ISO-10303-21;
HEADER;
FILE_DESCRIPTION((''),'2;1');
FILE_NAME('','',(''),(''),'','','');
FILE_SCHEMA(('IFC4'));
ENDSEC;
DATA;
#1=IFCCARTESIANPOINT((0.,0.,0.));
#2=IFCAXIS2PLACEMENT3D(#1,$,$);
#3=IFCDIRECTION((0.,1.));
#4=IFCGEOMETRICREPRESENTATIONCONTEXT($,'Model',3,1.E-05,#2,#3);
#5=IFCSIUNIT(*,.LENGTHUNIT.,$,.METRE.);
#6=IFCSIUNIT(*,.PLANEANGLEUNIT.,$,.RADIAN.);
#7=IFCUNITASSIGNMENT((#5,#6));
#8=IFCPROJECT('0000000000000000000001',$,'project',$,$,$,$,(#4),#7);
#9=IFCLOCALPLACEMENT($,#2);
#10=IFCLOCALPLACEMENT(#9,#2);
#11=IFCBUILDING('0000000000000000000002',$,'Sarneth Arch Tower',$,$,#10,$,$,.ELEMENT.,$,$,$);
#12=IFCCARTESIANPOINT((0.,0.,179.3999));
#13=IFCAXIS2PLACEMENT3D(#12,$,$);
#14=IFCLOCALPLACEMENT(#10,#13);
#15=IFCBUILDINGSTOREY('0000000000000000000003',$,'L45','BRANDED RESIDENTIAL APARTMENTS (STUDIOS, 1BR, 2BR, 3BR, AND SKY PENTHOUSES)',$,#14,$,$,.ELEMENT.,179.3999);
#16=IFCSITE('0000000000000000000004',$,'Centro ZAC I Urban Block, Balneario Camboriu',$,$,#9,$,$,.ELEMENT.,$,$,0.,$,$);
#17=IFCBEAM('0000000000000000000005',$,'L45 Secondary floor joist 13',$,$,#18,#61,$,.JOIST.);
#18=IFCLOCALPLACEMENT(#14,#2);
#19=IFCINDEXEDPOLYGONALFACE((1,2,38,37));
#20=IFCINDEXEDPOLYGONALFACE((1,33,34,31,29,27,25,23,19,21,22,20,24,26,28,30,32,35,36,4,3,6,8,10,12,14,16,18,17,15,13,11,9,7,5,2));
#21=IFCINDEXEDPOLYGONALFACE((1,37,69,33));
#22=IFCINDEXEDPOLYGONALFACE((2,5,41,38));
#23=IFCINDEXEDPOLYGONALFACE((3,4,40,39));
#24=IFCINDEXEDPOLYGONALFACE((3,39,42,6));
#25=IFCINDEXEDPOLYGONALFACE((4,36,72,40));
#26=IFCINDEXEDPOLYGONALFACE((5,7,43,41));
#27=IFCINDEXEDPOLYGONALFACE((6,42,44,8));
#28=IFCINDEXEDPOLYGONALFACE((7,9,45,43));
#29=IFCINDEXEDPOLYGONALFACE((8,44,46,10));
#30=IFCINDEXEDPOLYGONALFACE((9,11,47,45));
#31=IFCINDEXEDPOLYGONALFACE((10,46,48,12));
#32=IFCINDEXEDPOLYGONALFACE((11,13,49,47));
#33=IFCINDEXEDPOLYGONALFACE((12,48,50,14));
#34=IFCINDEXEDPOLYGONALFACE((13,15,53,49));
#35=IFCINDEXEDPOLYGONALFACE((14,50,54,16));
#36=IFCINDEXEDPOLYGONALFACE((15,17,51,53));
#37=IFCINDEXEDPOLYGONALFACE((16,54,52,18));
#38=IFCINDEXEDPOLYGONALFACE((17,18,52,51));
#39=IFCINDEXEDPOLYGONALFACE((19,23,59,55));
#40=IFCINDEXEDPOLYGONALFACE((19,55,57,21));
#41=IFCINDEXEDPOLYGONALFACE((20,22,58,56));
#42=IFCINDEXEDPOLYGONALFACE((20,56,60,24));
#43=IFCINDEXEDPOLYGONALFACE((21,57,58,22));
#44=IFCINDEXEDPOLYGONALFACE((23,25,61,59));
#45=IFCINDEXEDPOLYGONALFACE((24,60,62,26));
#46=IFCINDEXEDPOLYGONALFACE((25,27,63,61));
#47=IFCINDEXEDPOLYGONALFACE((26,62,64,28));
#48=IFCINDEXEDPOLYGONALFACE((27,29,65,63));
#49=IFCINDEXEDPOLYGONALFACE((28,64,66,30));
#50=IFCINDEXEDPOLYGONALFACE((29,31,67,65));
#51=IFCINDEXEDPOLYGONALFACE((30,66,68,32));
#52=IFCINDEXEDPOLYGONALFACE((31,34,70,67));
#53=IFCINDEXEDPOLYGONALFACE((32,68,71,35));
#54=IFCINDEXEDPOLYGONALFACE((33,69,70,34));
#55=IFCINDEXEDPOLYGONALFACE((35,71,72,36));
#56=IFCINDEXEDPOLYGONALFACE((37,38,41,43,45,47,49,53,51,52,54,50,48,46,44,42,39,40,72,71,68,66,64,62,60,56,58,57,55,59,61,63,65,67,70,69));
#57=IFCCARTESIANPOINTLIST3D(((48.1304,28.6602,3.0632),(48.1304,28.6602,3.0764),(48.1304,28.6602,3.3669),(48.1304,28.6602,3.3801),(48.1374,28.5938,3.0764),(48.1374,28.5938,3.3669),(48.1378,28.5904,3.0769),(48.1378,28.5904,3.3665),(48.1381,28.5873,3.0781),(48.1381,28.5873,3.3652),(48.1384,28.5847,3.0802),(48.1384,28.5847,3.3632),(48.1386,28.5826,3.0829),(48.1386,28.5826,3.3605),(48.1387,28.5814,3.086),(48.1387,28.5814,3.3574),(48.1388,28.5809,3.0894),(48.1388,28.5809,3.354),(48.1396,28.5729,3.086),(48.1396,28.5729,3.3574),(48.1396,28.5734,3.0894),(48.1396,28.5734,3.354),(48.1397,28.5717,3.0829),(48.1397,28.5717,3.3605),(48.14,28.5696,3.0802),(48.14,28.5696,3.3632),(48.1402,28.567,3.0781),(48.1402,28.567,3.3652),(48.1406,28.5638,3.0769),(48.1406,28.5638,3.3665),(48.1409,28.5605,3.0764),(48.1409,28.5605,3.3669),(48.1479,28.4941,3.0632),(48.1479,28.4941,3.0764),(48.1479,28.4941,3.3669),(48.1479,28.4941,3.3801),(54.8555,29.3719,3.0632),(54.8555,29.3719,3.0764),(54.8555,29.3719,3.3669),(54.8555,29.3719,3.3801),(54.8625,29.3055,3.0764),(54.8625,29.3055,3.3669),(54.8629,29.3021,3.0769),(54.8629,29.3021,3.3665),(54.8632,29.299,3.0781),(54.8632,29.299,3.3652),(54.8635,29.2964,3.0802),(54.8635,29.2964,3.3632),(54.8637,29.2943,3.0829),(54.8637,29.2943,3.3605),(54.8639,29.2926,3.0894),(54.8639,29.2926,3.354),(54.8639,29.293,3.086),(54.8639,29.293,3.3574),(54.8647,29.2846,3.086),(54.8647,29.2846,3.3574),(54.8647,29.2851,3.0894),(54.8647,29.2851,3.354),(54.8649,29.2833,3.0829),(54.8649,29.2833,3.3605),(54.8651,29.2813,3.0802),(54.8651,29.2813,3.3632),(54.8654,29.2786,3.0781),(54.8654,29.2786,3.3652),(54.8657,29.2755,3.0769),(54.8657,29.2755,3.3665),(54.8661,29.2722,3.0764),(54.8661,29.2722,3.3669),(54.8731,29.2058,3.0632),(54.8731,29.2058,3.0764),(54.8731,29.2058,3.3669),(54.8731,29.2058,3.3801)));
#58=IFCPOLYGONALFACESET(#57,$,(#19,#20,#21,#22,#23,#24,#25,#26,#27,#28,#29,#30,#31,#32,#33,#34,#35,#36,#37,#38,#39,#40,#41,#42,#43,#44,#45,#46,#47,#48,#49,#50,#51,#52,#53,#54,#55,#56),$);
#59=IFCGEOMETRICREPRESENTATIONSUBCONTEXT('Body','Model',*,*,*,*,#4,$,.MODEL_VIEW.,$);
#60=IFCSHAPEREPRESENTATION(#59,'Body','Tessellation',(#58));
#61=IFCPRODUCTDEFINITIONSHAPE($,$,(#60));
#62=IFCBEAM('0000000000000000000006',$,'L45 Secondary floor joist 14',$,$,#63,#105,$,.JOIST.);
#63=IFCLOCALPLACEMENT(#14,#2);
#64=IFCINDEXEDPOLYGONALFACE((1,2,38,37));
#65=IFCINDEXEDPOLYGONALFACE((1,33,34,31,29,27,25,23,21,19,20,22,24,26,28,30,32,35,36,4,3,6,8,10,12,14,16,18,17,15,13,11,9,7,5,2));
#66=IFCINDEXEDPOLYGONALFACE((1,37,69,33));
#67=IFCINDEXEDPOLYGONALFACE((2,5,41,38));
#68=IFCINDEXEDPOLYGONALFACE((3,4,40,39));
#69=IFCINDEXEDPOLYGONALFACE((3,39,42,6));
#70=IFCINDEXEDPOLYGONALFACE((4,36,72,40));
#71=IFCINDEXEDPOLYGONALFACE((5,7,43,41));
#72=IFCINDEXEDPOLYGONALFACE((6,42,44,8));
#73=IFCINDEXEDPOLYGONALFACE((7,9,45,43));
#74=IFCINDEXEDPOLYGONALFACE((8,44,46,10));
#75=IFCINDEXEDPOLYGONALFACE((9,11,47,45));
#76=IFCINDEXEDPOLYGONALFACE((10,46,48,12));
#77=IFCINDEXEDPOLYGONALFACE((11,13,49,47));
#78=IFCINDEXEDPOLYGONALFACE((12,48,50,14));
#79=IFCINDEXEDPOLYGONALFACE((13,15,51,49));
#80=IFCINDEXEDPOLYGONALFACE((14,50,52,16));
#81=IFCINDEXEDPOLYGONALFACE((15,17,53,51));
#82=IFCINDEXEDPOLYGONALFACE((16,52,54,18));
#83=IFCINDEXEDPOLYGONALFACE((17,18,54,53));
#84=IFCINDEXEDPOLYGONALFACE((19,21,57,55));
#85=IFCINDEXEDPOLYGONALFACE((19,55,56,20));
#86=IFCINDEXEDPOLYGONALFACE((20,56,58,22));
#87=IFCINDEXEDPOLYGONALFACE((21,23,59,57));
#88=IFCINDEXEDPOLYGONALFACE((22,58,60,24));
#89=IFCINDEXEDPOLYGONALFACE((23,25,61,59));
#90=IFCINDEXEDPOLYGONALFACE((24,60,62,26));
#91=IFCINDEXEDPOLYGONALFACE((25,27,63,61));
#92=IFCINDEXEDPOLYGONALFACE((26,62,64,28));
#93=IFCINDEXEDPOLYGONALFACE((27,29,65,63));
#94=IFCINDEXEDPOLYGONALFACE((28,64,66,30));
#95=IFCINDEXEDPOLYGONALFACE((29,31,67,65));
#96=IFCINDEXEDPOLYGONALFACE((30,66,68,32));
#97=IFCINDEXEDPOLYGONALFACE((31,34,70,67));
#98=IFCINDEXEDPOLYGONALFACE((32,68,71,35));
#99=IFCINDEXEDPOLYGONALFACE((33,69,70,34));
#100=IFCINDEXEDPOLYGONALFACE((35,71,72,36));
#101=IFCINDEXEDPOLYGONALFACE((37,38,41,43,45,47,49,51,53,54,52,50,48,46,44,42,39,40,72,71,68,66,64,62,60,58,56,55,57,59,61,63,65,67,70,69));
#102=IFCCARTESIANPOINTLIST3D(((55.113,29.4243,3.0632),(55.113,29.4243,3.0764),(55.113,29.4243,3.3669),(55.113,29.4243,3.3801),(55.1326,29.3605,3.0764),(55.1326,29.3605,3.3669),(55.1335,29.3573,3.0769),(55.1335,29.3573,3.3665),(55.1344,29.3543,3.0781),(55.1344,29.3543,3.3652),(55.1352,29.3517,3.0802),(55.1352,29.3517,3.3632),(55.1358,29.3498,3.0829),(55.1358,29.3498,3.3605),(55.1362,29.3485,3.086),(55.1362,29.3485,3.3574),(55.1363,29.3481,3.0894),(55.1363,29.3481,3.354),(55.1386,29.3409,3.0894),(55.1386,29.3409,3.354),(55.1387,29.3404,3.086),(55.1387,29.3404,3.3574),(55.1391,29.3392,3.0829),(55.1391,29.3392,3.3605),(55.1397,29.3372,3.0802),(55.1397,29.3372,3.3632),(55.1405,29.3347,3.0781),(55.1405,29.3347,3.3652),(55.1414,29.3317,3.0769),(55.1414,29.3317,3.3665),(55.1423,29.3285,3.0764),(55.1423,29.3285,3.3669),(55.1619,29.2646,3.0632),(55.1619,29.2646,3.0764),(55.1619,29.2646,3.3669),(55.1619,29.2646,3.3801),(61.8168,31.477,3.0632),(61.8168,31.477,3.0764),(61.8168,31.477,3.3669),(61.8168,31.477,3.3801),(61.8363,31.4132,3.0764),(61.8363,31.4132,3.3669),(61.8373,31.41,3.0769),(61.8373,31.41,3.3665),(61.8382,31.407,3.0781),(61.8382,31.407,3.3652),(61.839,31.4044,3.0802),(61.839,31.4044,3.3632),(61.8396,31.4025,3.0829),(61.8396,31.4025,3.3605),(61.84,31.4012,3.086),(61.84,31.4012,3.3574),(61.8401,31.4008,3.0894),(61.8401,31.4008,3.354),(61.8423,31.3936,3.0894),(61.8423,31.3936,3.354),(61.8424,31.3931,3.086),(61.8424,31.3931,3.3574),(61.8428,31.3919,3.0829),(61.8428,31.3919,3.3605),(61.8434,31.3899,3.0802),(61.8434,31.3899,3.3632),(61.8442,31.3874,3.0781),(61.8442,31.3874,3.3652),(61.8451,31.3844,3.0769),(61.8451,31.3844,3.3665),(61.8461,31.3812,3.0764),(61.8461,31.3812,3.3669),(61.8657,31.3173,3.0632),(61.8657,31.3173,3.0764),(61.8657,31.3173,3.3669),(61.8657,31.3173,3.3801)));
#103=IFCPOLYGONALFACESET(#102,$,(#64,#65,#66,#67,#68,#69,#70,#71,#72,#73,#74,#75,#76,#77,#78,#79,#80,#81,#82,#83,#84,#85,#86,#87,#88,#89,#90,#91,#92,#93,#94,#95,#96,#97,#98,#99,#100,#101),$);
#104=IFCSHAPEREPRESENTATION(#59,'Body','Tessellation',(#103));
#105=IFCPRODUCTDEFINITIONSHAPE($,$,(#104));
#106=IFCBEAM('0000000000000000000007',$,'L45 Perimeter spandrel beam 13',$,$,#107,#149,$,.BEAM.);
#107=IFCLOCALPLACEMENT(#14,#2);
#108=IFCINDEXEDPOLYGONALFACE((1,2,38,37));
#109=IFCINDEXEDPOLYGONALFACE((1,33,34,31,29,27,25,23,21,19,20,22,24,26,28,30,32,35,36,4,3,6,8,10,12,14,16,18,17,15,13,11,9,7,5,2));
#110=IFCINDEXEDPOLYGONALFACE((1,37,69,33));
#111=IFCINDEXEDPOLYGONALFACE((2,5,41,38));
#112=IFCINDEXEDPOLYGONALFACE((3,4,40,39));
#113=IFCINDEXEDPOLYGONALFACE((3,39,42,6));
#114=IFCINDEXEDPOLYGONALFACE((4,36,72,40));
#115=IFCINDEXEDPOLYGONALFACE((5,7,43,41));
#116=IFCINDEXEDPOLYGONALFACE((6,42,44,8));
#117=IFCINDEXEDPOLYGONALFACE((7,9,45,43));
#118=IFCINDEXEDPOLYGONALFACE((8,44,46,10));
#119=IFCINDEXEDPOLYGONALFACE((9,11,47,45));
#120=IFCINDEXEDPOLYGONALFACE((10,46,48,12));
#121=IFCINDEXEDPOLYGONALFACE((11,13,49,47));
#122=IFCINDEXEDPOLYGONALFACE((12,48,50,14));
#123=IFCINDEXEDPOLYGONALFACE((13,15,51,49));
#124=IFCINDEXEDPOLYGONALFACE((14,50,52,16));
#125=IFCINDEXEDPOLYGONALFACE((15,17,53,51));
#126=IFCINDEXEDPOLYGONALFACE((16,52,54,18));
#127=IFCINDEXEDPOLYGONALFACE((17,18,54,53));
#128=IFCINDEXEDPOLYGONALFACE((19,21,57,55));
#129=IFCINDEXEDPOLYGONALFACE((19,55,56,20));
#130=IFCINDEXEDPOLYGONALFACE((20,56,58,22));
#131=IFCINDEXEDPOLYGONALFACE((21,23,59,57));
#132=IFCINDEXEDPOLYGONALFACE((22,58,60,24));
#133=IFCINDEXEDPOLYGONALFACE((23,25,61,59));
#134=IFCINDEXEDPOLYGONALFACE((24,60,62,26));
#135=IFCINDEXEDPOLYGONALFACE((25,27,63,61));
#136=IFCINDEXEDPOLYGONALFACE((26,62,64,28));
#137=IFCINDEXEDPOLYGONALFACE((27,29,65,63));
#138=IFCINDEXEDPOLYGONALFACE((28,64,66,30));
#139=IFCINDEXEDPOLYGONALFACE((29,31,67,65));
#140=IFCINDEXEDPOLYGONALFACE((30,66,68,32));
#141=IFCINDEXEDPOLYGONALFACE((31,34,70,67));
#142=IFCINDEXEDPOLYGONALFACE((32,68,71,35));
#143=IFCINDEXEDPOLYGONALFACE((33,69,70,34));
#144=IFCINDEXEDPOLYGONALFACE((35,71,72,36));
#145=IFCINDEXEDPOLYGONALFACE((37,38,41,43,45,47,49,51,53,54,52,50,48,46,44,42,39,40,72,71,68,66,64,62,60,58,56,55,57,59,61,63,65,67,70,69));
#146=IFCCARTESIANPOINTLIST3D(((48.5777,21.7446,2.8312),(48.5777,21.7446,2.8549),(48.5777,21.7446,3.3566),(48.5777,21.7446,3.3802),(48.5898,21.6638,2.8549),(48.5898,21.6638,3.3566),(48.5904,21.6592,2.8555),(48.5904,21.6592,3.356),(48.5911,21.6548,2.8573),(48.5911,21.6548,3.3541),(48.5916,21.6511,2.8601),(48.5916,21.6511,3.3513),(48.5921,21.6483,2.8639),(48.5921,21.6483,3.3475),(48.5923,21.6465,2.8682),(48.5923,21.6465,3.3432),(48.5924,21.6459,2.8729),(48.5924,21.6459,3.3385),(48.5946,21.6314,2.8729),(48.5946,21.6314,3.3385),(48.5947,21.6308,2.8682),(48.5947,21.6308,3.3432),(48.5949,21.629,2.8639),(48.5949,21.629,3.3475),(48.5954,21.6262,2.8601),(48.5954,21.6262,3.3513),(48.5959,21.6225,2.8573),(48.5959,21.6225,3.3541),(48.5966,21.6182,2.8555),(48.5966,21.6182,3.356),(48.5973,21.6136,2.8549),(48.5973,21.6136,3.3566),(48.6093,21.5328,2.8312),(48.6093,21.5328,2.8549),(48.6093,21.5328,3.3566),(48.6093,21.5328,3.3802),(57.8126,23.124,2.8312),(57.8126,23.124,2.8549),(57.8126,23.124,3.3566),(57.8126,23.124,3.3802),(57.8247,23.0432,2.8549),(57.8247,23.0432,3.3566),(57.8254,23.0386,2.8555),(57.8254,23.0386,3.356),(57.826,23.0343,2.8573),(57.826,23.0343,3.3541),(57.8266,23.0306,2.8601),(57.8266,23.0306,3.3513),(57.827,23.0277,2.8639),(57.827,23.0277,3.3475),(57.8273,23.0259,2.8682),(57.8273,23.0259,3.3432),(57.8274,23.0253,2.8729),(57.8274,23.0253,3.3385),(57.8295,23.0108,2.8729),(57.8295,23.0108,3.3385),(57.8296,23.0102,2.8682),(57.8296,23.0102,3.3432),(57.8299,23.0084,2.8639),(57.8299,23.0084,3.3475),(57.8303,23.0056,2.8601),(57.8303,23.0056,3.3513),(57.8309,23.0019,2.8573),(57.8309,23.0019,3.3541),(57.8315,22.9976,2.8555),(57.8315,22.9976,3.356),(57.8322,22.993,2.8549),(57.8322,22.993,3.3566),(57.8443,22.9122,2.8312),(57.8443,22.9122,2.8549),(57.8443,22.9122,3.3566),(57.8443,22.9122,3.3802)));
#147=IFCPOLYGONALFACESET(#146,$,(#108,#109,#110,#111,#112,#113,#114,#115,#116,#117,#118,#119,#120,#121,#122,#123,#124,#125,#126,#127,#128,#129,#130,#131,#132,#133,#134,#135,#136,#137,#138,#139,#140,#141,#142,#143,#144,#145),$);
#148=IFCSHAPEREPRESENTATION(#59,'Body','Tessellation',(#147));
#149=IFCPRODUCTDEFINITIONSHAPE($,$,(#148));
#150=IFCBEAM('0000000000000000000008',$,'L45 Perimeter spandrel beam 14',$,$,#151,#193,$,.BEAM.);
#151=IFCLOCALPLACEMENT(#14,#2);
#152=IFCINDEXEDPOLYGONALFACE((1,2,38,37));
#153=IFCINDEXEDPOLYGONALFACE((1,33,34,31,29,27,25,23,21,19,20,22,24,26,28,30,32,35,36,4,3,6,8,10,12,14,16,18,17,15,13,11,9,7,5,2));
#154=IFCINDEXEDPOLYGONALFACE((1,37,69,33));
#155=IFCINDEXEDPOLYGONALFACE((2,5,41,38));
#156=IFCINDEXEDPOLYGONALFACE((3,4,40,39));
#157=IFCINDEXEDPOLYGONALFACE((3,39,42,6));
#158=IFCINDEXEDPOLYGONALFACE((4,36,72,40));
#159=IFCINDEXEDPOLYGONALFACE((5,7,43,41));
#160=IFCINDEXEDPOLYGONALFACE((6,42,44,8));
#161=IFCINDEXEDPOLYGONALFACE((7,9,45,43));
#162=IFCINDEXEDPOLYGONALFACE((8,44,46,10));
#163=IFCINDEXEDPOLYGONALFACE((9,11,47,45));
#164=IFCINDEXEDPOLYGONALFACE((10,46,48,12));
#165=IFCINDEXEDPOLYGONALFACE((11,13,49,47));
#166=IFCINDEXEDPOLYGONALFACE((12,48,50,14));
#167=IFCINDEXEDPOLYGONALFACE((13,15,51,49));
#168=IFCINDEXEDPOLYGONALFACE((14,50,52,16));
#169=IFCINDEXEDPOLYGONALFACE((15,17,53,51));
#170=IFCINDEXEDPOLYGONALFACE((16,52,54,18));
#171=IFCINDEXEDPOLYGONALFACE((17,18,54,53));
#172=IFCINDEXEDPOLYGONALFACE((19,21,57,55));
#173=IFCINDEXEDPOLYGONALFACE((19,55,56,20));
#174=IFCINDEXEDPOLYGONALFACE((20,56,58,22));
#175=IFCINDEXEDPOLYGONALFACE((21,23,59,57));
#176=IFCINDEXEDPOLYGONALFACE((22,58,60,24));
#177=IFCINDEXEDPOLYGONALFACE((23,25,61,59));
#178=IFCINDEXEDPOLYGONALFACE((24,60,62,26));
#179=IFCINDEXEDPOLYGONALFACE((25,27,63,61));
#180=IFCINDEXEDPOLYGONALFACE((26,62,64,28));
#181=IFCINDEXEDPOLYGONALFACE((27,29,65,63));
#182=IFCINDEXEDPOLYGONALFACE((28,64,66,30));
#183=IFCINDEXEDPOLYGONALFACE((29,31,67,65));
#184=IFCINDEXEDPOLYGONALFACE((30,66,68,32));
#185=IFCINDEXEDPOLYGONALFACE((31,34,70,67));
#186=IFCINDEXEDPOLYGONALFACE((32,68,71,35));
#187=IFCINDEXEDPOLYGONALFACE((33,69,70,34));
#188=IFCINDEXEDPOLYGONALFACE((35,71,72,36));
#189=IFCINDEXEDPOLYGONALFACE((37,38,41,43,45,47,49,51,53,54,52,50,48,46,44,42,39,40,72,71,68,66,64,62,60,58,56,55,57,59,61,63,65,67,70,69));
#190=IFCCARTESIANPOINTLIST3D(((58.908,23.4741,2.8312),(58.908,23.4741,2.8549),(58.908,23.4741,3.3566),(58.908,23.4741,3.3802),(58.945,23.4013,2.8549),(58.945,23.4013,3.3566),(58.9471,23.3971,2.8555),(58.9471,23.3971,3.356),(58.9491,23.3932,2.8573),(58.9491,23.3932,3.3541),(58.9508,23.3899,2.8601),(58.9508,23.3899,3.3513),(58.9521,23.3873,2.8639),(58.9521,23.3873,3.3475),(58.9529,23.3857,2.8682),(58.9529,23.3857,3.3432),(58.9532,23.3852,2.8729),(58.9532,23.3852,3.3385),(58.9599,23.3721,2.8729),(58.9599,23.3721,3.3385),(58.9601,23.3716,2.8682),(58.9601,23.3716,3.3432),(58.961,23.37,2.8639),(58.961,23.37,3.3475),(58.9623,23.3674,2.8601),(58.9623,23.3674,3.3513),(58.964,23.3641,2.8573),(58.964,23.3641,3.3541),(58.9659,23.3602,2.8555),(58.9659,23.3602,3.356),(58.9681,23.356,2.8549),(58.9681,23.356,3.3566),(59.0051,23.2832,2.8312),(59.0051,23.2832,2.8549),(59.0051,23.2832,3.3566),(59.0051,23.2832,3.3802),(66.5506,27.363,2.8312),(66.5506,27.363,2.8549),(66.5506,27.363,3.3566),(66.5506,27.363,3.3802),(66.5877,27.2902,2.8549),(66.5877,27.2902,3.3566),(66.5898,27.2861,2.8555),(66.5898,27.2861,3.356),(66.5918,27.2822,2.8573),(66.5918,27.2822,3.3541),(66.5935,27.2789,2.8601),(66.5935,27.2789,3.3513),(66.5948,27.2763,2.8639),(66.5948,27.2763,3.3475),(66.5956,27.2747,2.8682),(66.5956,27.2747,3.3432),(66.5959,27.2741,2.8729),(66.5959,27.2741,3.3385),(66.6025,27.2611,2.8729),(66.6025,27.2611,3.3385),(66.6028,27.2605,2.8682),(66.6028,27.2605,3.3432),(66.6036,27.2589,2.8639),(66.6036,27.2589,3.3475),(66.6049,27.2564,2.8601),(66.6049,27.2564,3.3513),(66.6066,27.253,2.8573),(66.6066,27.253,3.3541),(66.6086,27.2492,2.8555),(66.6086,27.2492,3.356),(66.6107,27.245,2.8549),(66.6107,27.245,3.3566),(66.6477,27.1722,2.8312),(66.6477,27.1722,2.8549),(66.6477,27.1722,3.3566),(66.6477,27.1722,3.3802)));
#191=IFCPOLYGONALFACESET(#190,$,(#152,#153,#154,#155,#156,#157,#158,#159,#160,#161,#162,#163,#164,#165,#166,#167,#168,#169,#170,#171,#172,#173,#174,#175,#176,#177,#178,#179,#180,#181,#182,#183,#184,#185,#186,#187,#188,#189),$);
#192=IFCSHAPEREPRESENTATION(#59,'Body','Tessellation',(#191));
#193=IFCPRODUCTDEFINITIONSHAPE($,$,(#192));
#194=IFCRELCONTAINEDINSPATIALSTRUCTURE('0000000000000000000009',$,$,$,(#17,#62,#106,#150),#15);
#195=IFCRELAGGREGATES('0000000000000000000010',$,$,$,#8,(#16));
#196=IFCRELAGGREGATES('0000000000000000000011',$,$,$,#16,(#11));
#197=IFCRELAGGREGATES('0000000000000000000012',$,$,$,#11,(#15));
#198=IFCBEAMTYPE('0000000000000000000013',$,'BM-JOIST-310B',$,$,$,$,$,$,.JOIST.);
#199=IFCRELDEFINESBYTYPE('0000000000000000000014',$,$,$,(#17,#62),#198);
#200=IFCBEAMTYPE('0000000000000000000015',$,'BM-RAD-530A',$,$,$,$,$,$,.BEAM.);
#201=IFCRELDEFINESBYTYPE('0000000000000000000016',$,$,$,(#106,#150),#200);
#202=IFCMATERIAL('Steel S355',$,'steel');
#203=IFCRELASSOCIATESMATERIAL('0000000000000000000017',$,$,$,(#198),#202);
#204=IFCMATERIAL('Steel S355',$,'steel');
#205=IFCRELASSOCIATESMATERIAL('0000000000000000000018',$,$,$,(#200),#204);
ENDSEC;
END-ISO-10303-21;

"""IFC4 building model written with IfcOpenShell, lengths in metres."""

from ifc_helpers import new_model, si_unit, direction, frame, origin, origin_2d, place, context, subcontext, project, spatial, i_section, extrude, material, material_profile, profile_set, type_object, element, save


model = new_model("IFC4")

# Units and contexts
model_context = context("Model", 3, precision=1e-05, world=origin(), true_north=direction((0.0, 1.0)))
body_context = subcontext(model_context, "Body", "Model", "MODEL_VIEW")
ifc_project = project(units=[si_unit("LENGTHUNIT", "METRE"), si_unit("PLANEANGLEUNIT", "RADIAN")], contexts=[model_context])

# Site, building, storey
site_placement = place(None, origin())
site = spatial("IfcSite", under=ifc_project, at=site_placement, Name="Centro ZAC I Urban Block, Balneario Camboriu", CompositionType="ELEMENT", RefElevation=0.0)
building_placement = place(site_placement, origin())
building = spatial("IfcBuilding", under=site, at=building_placement, Name="Sarneth Arch Tower", CompositionType="ELEMENT")
storey_placement = place(building_placement, frame((0.0, 0.0, 179.3999)))
storey = spatial("IfcBuildingStorey", under=building, at=storey_placement, Name="L45", Description="BRANDED RESIDENTIAL APARTMENTS (STUDIOS, 1BR, 2BR, 3BR, AND SKY PENTHOUSES)", CompositionType="ELEMENT", Elevation=179.3999)

# Beams
ifc_material_1 = material(Name="Steel S355", Category="steel")
ifc_material_profile_1 = material_profile(ifc_material_1, i_section(OverallWidth=0.167, OverallDepth=0.3169, WebThickness=0.0076, FlangeThickness=0.0132, FilletRadius=0.0129, at=origin_2d()), Name="W310x52")
ifc_profile_set_1 = profile_set([ifc_material_profile_1], Name="Steel S355")
beam_type_1 = type_object("IfcBeamType", Name="BM-JOIST-310B", PredefinedType="JOIST", material=ifc_profile_set_1)
beam_1_placement = place(storey_placement, frame((48.1392, 28.5771, 3.2217), z_axis=(0.994447, 0.105235, 0.0), x_axis=(-0.105235, 0.994447, 0.0)))
element("IfcBeam", 1, at=beam_1_placement, inside=storey, type_object=beam_type_1, Name="L45 Secondary floor joist 13", PredefinedType="JOIST", context=body_context, shape_type="SweptSolid", body=[
    extrude(i_section(OverallWidth=0.167, OverallDepth=0.3169, WebThickness=0.0076, FlangeThickness=0.0132, FilletRadius=0.0129, at=origin_2d()), origin(), (0.0, 0.0, 1.0), 6.7627),
])
beam_2_placement = place(storey_placement, frame((55.1375, 29.3445, 3.2217), z_axis=(0.956179, 0.292784, 0.0), x_axis=(-0.292784, 0.956179, 0.0)))
element("IfcBeam", 2, at=beam_2_placement, inside=storey, type_object=beam_type_1, Name="L45 Secondary floor joist 14", PredefinedType="JOIST", context=body_context, shape_type="SweptSolid", body=[
    extrude(i_section(OverallWidth=0.167, OverallDepth=0.3169, WebThickness=0.0076, FlangeThickness=0.0132, FilletRadius=0.0129, at=origin_2d()), origin(), (0.0, 0.0, 1.0), 7.011),
])
ifc_material_2 = material(Name="Steel S355", Category="steel")
ifc_material_profile_2 = material_profile(ifc_material_2, i_section(OverallWidth=0.2141, OverallDepth=0.5491, WebThickness=0.0146, FlangeThickness=0.0237, FilletRadius=0.0181, at=origin_2d()), Name="W530x138")
ifc_profile_set_2 = profile_set([ifc_material_profile_2], Name="Steel S355")
beam_type_2 = type_object("IfcBeamType", Name="BM-RAD-530A", PredefinedType="BEAM", material=ifc_profile_set_2)
beam_3_placement = place(storey_placement, frame((48.5935, 21.6387, 3.1057), z_axis=(0.989028, 0.147729, 0.0), x_axis=(-0.147729, 0.989028, 0.0)))
element("IfcBeam", 3, at=beam_3_placement, inside=storey, type_object=beam_type_2, Name="L45 Perimeter spandrel beam 13", PredefinedType="BEAM", context=body_context, shape_type="SweptSolid", body=[
    extrude(i_section(OverallWidth=0.2141, OverallDepth=0.5491, WebThickness=0.0146, FlangeThickness=0.0237, FilletRadius=0.0181, at=origin_2d()), origin(), (0.0, 0.0, 1.0), 9.3374),
])
beam_4_placement = place(storey_placement, frame((58.9565, 23.3787, 3.1057), z_axis=(0.89125, 0.453512, 0.0), x_axis=(-0.453512, 0.89125, 0.0)))
element("IfcBeam", 4, at=beam_4_placement, inside=storey, type_object=beam_type_2, Name="L45 Perimeter spandrel beam 14", PredefinedType="BEAM", context=body_context, shape_type="SweptSolid", body=[
    extrude(i_section(OverallWidth=0.2141, OverallDepth=0.5491, WebThickness=0.0146, FlangeThickness=0.0237, FilletRadius=0.0181, at=origin_2d()), origin(), (0.0, 0.0, 1.0), 8.5752),
])

save(model, "model.ifc")
